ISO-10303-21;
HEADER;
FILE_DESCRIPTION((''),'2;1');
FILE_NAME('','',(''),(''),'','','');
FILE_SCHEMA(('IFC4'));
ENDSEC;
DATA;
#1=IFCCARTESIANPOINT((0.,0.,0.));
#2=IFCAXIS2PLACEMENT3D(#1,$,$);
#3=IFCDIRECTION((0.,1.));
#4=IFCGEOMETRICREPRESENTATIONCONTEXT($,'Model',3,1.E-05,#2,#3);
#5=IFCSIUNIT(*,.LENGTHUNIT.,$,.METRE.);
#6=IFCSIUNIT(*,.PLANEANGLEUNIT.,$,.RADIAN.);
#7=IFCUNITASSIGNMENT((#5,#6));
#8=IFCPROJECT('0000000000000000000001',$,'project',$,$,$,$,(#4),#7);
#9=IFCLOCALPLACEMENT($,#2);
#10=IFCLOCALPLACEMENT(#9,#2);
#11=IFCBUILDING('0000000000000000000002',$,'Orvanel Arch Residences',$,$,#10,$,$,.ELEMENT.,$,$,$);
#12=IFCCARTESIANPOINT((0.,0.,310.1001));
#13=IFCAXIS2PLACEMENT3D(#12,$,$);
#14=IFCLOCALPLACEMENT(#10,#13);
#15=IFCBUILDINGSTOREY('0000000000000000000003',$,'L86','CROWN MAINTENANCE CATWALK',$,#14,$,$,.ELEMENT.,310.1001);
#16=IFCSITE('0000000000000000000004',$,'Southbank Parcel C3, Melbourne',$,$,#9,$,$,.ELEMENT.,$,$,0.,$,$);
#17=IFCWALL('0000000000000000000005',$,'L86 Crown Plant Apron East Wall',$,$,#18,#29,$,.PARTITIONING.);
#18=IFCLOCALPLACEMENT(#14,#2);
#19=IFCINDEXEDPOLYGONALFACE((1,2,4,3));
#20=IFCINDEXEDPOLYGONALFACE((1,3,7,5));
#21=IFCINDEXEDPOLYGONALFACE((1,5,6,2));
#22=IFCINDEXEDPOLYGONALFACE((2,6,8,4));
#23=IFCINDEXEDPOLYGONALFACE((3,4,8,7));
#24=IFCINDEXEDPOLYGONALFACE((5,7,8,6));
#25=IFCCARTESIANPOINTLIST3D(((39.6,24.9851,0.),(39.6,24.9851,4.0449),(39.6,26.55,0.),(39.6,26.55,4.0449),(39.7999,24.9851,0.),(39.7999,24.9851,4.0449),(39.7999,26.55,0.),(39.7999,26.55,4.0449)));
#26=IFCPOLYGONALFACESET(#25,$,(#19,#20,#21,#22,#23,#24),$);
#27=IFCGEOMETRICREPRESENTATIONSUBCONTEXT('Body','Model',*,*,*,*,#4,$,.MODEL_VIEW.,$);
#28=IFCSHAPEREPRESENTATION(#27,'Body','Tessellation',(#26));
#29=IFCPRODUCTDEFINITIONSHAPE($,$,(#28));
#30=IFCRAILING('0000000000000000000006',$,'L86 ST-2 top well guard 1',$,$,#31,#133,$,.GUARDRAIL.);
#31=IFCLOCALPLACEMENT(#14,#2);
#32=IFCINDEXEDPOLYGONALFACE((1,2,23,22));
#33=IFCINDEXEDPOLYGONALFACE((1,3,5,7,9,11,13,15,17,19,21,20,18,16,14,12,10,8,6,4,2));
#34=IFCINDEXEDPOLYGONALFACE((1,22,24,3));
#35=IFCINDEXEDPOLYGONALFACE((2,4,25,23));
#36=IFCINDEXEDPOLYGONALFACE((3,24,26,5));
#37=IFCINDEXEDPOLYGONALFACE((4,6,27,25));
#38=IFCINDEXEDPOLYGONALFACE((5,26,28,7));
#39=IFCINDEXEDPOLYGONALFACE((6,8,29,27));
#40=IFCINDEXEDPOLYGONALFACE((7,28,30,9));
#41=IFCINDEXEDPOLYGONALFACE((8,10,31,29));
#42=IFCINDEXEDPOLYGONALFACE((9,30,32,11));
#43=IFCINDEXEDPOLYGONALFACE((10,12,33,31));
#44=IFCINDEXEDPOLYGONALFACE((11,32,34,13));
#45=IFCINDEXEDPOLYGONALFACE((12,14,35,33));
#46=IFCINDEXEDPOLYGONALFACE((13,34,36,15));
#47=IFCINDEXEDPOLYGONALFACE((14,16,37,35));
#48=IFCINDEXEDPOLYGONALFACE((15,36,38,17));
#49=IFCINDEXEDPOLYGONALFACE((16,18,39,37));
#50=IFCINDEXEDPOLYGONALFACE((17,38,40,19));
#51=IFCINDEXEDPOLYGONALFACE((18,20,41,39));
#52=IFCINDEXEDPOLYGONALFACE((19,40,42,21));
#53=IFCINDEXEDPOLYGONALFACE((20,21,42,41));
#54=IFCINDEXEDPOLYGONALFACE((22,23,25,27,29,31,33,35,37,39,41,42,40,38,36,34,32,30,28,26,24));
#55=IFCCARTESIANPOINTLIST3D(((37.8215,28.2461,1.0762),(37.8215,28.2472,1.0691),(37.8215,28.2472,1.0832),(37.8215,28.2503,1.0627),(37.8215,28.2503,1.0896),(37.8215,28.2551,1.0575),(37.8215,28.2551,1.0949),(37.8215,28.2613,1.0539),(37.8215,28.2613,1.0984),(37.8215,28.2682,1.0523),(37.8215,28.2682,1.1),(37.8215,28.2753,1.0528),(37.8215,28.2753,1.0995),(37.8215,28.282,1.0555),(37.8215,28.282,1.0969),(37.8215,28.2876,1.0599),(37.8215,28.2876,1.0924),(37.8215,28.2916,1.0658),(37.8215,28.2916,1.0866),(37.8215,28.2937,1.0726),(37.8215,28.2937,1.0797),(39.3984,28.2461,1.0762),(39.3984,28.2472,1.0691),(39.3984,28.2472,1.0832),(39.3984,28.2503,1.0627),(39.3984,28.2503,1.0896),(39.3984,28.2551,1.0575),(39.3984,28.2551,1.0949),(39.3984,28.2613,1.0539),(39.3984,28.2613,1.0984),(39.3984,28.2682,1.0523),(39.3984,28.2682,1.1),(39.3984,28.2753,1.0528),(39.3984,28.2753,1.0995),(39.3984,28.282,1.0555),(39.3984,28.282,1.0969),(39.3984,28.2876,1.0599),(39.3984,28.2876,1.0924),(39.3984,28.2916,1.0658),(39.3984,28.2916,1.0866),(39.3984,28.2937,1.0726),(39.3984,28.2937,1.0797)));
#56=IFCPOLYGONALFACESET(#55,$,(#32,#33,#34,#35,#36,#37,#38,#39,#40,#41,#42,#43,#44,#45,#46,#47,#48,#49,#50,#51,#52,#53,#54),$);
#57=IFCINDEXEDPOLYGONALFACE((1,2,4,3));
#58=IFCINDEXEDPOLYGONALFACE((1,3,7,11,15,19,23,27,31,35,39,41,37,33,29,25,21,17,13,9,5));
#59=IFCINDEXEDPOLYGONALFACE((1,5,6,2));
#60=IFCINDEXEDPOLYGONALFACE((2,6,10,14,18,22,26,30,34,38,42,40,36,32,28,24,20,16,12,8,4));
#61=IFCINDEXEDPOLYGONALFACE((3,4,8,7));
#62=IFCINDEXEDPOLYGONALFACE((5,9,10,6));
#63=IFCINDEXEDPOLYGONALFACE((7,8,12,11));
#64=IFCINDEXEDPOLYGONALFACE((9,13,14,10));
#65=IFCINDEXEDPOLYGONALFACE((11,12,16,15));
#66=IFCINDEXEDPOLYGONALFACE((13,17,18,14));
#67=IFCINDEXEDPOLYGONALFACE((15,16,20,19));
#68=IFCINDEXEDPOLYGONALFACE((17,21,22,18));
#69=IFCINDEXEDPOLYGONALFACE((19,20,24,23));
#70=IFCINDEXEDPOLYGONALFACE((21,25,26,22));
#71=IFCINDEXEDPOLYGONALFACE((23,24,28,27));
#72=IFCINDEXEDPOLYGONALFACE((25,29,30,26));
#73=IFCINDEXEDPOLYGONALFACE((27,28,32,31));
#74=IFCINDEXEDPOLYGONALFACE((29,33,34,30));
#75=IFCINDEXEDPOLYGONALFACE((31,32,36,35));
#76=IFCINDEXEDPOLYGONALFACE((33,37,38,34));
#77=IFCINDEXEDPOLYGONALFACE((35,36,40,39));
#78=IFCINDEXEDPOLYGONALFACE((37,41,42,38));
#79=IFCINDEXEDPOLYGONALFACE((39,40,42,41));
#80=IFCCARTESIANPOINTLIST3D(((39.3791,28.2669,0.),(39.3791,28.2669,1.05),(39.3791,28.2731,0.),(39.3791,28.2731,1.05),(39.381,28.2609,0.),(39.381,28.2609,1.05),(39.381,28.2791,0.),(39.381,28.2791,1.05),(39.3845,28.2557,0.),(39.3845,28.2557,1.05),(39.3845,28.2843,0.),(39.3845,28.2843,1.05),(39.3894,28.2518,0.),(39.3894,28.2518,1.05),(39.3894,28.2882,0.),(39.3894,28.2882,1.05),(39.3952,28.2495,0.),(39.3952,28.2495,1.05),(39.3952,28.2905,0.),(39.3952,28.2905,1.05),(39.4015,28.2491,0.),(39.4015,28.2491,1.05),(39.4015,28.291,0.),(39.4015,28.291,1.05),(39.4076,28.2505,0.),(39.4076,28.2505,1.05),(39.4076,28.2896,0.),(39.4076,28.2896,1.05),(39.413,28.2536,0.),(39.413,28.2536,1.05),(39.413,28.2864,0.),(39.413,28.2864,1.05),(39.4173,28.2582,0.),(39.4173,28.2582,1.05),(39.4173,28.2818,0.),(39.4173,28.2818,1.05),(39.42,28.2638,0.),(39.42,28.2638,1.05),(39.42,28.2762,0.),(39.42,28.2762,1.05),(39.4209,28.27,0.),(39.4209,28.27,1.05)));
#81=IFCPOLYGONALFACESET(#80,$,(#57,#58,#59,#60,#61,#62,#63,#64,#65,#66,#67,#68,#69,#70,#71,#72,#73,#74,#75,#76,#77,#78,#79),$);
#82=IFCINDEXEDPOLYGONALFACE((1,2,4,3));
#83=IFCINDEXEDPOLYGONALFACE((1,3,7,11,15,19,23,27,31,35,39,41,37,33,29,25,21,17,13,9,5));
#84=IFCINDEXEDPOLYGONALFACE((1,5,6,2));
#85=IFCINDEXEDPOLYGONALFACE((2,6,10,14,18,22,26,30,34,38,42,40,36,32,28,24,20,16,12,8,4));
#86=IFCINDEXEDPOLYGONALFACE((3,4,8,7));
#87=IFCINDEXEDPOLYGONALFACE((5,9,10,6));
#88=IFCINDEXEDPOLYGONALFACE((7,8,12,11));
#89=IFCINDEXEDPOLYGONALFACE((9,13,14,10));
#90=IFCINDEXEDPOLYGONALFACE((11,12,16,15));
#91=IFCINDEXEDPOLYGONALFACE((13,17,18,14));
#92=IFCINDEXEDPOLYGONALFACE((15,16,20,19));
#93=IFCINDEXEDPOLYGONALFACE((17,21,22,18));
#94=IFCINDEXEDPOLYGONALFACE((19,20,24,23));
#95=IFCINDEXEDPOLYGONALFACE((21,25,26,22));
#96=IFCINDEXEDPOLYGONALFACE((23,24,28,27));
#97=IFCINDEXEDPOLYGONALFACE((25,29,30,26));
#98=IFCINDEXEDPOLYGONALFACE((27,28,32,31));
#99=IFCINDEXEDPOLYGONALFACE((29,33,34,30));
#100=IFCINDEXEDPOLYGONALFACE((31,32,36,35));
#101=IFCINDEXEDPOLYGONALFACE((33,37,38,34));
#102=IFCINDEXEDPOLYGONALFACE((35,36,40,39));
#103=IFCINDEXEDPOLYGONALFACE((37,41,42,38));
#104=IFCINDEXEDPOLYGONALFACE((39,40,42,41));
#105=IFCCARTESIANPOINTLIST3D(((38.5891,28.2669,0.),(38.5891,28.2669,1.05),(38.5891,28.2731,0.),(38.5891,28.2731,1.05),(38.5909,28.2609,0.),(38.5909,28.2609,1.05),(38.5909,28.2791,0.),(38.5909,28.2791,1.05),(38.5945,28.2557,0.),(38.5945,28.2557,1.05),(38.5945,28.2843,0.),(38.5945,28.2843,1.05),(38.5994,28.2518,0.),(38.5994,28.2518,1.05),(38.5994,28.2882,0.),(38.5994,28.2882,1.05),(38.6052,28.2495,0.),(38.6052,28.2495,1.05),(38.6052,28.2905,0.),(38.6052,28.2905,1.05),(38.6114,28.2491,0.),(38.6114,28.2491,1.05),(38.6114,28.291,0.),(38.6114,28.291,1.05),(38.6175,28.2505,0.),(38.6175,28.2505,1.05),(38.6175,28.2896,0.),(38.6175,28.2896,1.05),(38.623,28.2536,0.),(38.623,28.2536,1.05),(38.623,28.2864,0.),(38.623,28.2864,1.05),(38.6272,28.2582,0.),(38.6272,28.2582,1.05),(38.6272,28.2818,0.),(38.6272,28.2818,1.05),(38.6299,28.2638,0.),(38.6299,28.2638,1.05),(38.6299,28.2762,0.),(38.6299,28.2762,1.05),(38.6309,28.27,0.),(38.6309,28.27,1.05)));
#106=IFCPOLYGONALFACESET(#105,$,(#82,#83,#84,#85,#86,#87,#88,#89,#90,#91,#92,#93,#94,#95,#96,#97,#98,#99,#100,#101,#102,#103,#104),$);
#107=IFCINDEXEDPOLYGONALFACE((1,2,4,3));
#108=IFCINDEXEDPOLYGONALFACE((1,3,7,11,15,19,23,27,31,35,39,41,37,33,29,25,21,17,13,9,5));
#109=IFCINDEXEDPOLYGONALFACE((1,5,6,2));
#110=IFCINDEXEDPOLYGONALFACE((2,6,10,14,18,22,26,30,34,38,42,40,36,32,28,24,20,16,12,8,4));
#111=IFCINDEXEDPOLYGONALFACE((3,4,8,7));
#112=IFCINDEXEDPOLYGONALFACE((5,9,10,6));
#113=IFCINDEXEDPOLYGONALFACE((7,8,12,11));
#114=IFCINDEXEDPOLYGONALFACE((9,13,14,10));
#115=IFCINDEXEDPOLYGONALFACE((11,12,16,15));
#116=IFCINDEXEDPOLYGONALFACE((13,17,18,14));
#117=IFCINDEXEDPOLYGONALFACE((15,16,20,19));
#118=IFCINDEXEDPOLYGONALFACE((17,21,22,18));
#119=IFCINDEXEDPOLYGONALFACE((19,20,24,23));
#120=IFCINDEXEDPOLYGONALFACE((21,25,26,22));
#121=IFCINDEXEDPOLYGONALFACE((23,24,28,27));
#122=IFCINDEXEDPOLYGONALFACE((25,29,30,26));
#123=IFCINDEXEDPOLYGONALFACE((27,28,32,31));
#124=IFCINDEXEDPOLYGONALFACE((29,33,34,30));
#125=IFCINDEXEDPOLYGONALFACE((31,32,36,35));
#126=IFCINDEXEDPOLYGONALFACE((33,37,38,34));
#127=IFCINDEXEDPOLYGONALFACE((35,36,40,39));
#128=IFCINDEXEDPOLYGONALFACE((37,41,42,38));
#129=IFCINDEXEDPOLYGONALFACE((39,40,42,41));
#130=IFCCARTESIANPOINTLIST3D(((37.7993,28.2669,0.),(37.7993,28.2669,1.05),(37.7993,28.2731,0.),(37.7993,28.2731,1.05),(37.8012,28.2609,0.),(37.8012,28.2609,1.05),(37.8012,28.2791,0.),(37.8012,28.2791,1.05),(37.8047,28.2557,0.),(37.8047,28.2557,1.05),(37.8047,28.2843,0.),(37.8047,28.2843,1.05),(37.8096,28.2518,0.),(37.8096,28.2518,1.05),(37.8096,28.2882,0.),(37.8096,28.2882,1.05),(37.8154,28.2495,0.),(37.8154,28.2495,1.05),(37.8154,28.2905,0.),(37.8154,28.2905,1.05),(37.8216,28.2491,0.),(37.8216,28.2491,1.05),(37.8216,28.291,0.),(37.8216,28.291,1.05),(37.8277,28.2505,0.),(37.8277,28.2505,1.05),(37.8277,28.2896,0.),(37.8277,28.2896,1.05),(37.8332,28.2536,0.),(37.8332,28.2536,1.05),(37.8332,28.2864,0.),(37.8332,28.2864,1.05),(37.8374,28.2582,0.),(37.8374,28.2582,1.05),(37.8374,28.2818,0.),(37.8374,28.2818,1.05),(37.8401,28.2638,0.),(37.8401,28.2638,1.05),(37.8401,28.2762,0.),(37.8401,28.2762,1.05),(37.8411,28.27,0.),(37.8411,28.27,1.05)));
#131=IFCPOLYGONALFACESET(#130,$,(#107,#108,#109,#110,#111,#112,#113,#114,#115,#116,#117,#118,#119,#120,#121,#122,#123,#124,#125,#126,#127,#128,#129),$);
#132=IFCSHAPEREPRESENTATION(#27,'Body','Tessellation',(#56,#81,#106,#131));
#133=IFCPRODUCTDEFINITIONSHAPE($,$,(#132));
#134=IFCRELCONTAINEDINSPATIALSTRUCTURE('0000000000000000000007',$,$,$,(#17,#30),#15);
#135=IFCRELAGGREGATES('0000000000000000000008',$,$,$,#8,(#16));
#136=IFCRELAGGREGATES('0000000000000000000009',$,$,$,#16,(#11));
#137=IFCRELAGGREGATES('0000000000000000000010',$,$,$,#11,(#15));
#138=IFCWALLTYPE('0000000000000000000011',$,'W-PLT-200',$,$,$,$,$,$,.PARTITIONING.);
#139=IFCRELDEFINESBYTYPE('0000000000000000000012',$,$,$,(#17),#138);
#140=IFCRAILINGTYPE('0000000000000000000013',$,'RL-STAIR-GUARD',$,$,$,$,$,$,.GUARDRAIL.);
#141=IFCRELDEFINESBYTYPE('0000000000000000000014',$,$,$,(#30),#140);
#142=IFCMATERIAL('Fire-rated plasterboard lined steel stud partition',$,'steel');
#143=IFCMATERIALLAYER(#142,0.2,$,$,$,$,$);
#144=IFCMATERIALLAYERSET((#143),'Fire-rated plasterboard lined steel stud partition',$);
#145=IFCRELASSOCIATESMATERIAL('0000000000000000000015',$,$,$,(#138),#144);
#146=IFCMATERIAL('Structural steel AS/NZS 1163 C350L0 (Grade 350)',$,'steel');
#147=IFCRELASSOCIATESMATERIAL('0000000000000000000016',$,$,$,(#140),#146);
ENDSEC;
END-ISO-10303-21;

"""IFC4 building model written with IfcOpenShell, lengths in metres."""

from ifc_helpers import new_model, si_unit, direction, frame, frame_2d, origin, origin_2d, place, context, subcontext, project, spatial, rectangle, circle, extrude, material, layer, layer_set, type_object, element, save


model = new_model("IFC4")

# Units and contexts
model_context = context("Model", 3, precision=1e-05, world=origin(), true_north=direction((0.0, 1.0)))
body_context = subcontext(model_context, "Body", "Model", "MODEL_VIEW")
ifc_project = project(units=[si_unit("LENGTHUNIT", "METRE"), si_unit("PLANEANGLEUNIT", "RADIAN")], contexts=[model_context])

# Site, building, storey
site_placement = place(None, origin())
site = spatial("IfcSite", under=ifc_project, at=site_placement, Name="Southbank Parcel C3, Melbourne", CompositionType="ELEMENT", RefElevation=0.0)
building_placement = place(site_placement, origin())
building = spatial("IfcBuilding", under=site, at=building_placement, Name="Orvanel Arch Residences", CompositionType="ELEMENT")
storey_placement = place(building_placement, frame((0.0, 0.0, 310.1001)))
storey = spatial("IfcBuildingStorey", under=building, at=storey_placement, Name="L86", Description="CROWN MAINTENANCE CATWALK", CompositionType="ELEMENT", Elevation=310.1001)

# Shared definitions
ifc_material_1 = material(Name="Structural steel AS/NZS 1163 C350L0 (Grade 350)", Category="steel")

# Wall
ifc_material_2 = material(Name="Fire-rated plasterboard lined steel stud partition", Category="steel")
ifc_layer_1 = layer(ifc_material_2, 0.2)
ifc_layer_set_1 = layer_set([ifc_layer_1], Name="Fire-rated plasterboard lined steel stud partition")
wall_type_1 = type_object("IfcWallType", Name="W-PLT-200", PredefinedType="PARTITIONING", material=ifc_layer_set_1)
wall_1_placement = place(storey_placement, frame((39.7, 24.9851, 0.0), z_axis=(0.0, 0.0, 1.0), x_axis=(0.0, 1.0, 0.0)))
element("IfcWall", 1, at=wall_1_placement, inside=storey, type_object=wall_type_1, Name="L86 Crown Plant Apron East Wall", PredefinedType="PARTITIONING", context=body_context, shape_type="SweptSolid", body=[
    extrude(rectangle(XDim=1.5649, YDim=0.2, at=frame_2d((0.7825, 0.0))), origin(), (0.0, 0.0, 1.0), 4.0449),
])

# Railing
railing_type_1 = type_object("IfcRailingType", Name="RL-STAIR-GUARD", PredefinedType="GUARDRAIL", material=ifc_material_1)
railing_1_placement = place(storey_placement, frame((39.3999, 28.27, 0.0)))
element("IfcRailing", 2, at=railing_1_placement, inside=storey, type_object=railing_type_1, Name="L86 ST-2 top well guard 1", PredefinedType="GUARDRAIL", context=body_context, shape_type="SweptSolid", body=[
    extrude(circle(Radius=0.0239, at=origin_2d()), frame((-0.0015, 0.0, 1.0762), z_axis=(-1.0, 0.0, 0.0), x_axis=(0.0, -1.0, 0.0)), (0.0, 0.0, 1.0), 1.5769),
    extrude(circle(Radius=0.021, at=origin_2d()), origin(), (0.0, 0.0, 1.0), 1.05),
    extrude(circle(Radius=0.021, at=origin_2d()), frame((-0.79, 0.0, 0.0)), (0.0, 0.0, 1.0), 1.05),
    extrude(circle(Radius=0.021, at=origin_2d()), frame((-1.5798, 0.0, 0.0)), (0.0, 0.0, 1.0), 1.05),
])

save(model, "model.ifc")
